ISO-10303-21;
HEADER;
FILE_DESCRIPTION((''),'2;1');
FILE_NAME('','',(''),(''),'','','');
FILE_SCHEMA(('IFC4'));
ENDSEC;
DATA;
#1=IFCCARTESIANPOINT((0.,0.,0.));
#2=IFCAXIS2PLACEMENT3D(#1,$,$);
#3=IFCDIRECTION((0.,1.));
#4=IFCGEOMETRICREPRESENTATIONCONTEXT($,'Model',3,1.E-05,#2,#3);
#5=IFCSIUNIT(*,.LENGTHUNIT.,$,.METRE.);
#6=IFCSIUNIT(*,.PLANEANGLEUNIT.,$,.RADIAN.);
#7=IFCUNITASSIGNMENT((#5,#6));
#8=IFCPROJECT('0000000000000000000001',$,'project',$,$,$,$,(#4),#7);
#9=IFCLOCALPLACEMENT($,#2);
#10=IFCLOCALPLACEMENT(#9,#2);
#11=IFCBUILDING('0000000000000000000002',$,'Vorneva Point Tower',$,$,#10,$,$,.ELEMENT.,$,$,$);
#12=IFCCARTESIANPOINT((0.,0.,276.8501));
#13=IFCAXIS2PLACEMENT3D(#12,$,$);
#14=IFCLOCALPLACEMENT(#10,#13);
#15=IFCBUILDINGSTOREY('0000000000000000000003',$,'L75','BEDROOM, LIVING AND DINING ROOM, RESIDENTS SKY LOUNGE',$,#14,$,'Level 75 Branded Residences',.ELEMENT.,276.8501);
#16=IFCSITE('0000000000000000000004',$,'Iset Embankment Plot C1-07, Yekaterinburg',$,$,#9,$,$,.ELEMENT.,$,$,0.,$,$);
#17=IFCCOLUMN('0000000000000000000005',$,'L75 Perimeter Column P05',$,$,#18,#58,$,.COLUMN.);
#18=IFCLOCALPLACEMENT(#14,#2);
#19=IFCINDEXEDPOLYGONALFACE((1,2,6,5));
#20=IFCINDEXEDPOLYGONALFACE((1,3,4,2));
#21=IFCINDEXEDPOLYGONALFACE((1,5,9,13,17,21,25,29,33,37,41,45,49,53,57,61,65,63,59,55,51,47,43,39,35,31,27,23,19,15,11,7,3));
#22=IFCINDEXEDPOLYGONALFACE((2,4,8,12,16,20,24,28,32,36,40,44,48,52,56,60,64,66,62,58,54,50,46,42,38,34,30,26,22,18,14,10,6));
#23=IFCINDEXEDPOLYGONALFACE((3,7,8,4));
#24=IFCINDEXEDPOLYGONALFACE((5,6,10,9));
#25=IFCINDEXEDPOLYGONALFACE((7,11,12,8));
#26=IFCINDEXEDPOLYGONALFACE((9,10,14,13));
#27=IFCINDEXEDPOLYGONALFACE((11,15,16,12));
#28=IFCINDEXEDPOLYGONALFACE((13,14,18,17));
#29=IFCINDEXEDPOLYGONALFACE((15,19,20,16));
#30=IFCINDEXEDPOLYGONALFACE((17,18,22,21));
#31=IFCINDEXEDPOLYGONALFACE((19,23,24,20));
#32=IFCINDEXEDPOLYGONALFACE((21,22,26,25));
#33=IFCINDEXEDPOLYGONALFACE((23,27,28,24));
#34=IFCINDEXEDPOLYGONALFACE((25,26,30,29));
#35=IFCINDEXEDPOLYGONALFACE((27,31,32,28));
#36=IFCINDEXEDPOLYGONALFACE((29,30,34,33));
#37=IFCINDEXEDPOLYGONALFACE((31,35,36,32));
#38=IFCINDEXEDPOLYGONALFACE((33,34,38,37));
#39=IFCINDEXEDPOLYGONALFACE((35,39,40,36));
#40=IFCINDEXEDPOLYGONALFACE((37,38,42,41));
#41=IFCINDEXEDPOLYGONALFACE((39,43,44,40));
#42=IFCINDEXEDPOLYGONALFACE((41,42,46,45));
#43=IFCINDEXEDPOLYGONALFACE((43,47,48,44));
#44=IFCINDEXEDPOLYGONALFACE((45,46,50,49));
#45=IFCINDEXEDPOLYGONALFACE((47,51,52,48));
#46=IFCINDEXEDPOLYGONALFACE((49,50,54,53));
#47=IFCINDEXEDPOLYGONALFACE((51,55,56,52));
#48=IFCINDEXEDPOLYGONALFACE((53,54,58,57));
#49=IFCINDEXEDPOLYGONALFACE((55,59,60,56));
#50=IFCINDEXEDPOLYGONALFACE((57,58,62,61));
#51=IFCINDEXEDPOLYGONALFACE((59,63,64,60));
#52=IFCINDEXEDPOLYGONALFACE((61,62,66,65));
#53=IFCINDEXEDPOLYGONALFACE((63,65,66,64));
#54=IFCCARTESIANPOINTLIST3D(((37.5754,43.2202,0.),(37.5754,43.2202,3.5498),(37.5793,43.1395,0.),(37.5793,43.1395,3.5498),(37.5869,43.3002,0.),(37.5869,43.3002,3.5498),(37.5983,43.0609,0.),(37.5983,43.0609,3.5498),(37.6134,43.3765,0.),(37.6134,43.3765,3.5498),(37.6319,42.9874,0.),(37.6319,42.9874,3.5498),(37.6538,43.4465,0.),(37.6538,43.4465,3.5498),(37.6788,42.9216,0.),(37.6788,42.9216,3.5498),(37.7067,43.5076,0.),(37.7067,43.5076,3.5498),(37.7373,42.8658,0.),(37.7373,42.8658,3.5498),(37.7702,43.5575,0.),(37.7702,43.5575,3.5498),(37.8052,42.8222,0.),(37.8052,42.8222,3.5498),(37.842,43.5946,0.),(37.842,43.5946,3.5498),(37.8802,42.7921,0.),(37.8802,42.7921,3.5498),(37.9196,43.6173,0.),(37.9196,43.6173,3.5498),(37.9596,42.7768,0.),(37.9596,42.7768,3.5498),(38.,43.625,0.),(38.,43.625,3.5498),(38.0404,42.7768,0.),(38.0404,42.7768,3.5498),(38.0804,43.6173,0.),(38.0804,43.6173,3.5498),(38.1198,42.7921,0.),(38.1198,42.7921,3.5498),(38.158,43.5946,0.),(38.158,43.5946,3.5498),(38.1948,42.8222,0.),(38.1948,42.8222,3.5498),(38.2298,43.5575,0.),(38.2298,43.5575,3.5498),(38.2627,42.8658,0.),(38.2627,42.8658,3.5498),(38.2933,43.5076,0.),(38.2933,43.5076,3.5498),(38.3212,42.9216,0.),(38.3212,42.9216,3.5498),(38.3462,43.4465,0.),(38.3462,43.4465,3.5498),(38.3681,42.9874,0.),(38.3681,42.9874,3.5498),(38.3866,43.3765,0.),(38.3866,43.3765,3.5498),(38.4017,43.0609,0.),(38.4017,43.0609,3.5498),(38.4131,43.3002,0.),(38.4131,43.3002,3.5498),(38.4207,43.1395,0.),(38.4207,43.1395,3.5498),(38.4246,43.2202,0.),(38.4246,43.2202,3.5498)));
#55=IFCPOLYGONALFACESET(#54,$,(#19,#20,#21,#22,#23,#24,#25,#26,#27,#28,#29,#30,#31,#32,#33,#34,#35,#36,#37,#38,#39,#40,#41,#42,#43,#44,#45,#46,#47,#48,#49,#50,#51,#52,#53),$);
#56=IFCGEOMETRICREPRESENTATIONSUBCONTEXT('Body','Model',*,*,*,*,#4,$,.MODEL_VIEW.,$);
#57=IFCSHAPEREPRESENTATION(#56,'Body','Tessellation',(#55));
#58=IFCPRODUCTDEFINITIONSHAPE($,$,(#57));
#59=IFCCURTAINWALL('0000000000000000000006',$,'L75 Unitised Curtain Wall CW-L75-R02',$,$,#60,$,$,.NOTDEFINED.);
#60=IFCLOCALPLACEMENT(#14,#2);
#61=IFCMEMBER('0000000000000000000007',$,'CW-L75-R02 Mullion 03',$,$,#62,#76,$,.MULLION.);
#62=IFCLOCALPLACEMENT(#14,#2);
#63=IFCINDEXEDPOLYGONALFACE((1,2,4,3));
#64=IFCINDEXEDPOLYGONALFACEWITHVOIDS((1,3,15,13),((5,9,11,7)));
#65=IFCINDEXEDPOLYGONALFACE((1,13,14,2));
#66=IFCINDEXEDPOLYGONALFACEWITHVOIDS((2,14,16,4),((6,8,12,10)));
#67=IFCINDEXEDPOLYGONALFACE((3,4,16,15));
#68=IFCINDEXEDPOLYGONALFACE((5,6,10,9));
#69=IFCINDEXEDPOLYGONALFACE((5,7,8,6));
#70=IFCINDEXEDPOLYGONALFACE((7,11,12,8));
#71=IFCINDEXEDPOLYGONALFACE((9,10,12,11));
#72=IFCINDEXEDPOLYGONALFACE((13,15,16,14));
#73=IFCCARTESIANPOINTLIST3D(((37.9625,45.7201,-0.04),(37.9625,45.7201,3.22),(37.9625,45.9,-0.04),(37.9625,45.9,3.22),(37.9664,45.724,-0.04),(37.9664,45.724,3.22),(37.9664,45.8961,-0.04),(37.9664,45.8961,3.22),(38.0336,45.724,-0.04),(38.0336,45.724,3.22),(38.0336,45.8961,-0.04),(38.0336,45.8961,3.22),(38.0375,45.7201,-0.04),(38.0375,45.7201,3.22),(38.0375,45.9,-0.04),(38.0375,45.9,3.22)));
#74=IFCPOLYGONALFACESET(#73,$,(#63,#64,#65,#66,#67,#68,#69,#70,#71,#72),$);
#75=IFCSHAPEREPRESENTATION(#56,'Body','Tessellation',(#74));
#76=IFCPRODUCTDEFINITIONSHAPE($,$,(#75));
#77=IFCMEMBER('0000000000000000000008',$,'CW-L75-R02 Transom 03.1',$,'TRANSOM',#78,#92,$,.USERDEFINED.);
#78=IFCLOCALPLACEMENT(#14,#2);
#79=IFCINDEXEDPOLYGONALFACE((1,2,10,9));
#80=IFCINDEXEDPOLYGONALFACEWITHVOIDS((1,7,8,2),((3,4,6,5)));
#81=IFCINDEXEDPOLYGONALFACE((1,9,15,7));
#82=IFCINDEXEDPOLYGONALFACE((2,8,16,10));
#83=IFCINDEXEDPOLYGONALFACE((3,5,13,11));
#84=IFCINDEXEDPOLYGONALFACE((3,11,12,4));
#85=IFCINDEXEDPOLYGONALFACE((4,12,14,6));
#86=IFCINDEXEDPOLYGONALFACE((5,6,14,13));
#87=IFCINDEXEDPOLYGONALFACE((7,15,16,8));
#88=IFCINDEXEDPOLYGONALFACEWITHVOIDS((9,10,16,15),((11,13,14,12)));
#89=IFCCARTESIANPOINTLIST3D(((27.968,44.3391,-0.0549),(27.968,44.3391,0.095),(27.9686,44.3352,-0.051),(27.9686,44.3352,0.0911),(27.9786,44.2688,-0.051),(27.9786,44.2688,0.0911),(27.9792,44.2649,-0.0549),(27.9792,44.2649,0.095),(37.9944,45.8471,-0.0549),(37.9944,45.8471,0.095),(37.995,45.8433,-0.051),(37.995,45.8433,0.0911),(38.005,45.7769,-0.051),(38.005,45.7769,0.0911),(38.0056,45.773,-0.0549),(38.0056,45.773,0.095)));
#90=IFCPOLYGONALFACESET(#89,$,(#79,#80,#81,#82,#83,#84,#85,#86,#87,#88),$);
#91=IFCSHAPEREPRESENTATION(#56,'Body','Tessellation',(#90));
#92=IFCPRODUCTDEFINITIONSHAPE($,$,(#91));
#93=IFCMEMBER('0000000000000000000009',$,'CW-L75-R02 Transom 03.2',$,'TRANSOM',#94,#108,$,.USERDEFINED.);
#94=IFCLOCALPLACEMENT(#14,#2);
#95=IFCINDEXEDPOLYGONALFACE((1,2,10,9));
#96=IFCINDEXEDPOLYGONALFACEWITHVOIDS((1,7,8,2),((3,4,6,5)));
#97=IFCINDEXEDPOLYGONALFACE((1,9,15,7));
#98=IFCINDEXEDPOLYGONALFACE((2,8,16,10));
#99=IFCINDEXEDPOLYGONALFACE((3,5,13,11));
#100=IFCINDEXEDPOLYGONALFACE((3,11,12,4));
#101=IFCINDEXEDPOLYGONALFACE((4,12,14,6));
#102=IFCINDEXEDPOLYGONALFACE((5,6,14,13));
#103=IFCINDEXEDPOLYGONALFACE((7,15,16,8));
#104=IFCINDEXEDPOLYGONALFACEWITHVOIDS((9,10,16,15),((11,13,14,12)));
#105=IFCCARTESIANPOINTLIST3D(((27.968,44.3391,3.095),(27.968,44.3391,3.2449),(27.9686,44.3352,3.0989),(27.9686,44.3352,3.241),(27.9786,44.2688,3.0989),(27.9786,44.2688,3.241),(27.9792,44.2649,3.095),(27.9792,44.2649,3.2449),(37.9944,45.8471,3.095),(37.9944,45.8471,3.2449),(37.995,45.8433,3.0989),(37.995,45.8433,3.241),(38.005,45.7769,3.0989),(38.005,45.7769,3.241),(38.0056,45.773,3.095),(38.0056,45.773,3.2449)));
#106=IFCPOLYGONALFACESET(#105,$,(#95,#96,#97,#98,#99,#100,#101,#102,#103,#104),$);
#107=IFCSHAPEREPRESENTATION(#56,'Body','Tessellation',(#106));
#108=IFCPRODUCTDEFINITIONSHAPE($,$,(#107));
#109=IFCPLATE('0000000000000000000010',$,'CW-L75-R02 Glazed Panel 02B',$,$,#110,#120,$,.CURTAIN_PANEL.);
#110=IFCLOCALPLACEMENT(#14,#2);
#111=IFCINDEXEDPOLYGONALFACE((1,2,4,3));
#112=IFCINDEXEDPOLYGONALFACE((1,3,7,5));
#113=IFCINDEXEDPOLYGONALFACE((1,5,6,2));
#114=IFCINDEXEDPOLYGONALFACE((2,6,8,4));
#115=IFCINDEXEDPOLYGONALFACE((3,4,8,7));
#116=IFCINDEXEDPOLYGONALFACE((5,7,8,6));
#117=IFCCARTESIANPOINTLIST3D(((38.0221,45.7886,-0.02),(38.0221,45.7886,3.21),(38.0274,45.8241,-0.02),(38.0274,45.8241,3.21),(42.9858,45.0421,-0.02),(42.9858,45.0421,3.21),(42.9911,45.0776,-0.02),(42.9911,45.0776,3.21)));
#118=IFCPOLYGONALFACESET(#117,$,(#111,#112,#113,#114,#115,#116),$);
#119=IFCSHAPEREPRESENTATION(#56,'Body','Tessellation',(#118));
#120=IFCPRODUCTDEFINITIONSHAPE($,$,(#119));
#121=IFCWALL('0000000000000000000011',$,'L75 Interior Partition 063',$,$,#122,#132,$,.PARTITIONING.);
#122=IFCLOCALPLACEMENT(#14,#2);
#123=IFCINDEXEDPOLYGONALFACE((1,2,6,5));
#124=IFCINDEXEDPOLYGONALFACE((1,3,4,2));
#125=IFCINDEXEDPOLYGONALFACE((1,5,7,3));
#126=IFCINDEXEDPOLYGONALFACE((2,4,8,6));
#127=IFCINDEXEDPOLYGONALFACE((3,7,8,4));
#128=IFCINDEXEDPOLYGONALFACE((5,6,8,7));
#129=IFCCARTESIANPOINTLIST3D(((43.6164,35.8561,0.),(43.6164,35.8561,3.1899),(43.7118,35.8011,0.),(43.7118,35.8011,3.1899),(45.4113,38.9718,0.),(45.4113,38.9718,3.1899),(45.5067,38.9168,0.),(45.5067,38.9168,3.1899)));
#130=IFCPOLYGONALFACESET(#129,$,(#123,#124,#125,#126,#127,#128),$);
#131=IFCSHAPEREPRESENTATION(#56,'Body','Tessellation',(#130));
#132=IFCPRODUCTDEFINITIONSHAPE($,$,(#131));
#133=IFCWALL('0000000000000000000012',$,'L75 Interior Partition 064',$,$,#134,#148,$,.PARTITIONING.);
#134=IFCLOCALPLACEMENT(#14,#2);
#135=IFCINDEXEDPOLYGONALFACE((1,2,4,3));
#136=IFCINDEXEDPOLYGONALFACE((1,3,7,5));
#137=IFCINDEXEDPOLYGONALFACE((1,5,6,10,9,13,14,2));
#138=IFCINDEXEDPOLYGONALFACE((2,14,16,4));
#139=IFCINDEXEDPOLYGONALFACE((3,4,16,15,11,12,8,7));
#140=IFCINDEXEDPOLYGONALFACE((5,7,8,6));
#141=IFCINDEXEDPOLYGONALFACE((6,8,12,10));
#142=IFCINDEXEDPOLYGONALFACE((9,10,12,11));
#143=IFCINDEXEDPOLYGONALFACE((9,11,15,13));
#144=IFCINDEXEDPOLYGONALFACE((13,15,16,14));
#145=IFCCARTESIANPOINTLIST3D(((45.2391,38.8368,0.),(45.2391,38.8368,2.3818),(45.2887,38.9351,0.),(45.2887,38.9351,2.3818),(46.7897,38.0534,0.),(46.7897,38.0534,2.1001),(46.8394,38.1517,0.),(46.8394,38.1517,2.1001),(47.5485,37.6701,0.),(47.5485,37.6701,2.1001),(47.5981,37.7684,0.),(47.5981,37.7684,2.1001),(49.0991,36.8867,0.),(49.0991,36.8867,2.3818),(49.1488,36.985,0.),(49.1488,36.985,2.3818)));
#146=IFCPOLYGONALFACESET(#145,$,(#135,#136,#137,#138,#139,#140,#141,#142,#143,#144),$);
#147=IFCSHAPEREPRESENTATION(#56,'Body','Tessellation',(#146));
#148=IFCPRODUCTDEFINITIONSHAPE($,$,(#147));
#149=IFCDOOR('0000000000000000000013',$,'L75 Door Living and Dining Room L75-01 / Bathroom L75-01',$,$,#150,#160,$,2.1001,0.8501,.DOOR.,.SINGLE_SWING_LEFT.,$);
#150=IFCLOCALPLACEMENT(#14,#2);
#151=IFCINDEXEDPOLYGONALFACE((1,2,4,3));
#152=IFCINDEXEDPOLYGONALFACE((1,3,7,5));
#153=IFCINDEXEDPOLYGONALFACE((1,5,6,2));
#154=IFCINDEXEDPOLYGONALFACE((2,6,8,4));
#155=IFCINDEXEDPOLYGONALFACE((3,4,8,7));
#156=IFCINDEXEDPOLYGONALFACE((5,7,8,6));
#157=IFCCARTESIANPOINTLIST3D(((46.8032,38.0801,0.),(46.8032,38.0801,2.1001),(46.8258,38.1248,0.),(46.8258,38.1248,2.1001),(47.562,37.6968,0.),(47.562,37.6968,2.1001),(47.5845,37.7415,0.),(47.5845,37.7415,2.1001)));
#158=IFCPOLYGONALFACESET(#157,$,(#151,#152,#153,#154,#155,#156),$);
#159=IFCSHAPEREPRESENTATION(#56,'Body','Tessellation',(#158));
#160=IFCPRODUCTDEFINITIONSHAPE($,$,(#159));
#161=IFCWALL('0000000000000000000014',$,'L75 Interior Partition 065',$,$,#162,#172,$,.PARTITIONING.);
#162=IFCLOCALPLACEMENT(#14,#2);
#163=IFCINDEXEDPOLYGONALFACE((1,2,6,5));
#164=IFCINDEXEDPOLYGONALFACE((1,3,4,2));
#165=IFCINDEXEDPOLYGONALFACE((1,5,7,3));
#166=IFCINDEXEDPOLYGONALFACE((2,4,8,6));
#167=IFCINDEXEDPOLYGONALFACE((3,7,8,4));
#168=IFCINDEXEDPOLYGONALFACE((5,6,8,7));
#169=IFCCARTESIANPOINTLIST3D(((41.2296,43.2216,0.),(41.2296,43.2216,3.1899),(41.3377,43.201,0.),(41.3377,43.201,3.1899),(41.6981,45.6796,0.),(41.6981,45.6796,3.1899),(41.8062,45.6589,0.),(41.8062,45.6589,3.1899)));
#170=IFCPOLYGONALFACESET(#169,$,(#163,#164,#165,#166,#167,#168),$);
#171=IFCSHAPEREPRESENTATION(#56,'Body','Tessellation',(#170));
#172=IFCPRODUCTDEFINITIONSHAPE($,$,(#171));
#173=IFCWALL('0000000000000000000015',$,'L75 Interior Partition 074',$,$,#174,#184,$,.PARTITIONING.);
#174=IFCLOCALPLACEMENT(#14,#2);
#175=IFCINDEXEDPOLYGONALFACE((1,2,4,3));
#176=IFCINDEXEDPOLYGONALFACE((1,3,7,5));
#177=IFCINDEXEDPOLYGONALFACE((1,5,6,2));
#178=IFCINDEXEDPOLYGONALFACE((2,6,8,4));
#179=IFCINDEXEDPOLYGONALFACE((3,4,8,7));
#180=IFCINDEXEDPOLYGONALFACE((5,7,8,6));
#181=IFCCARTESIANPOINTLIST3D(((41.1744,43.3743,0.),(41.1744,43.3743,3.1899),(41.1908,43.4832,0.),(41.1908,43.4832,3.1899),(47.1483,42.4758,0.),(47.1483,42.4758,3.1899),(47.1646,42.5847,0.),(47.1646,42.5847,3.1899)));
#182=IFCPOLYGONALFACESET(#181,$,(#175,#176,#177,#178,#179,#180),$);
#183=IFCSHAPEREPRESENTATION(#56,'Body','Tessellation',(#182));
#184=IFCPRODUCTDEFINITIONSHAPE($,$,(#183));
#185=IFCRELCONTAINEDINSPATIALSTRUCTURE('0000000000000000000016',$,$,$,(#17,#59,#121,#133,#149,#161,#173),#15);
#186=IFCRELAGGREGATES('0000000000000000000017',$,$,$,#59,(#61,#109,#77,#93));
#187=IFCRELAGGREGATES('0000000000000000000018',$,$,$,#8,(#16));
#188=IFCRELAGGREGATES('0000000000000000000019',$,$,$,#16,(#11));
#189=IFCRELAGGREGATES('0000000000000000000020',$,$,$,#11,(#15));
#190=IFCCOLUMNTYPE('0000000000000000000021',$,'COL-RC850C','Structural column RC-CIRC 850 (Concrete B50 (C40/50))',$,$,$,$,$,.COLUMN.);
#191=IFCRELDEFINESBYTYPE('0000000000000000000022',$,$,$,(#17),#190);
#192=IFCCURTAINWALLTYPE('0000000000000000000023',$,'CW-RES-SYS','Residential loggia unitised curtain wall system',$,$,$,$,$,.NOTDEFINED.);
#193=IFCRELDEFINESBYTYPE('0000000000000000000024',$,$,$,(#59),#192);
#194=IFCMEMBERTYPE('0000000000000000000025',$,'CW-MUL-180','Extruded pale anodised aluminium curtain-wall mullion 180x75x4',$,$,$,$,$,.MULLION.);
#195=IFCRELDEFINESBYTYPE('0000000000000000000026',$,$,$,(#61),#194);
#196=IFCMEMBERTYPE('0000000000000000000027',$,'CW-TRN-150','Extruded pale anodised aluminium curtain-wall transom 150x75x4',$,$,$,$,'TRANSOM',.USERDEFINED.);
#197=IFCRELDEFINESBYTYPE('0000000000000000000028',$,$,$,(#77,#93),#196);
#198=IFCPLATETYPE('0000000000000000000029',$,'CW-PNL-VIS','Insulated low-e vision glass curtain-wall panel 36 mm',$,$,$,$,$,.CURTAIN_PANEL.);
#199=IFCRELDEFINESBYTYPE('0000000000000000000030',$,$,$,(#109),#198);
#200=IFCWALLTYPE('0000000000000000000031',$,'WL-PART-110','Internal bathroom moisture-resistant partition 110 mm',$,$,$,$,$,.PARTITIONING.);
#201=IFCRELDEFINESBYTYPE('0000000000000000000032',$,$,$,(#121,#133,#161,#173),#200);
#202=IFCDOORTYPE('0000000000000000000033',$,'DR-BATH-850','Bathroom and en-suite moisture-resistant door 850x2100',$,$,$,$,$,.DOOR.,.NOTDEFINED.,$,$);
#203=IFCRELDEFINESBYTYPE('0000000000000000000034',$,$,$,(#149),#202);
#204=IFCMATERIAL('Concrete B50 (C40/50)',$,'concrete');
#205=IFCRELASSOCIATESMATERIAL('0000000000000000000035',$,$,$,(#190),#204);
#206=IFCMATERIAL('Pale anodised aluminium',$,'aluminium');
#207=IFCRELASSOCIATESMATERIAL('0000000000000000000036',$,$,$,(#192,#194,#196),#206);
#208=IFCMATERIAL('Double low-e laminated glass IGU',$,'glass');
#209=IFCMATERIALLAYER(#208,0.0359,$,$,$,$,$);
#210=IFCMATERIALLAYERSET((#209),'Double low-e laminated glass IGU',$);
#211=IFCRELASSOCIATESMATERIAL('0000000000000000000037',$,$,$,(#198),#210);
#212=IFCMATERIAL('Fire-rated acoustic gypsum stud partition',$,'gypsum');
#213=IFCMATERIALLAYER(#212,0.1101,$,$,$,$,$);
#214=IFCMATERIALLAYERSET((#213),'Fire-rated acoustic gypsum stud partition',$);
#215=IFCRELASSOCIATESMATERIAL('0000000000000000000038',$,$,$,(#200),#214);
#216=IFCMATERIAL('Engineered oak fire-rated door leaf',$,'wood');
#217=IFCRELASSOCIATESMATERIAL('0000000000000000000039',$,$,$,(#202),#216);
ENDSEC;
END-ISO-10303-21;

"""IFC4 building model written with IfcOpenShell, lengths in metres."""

from ifc_helpers import new_model, si_unit, direction, frame, frame_2d, origin, origin_2d, place, context, subcontext, project, spatial, rectangle, hollow_rectangle, circle, extrude, material, layer, layer_set, material_profile, profile_set, type_object, element, fill, aggregate, save


model = new_model("IFC4")

# Units and contexts
model_context = context("Model", 3, precision=1e-05, world=origin(), true_north=direction((0.0, 1.0)))
body_context = subcontext(model_context, "Body", "Model", "MODEL_VIEW")
ifc_project = project(units=[si_unit("LENGTHUNIT", "METRE"), si_unit("PLANEANGLEUNIT", "RADIAN")], contexts=[model_context])

# Site, building, storey
site_placement = place(None, origin())
site = spatial("IfcSite", under=ifc_project, at=site_placement, Name="Iset Embankment Plot C1-07, Yekaterinburg", CompositionType="ELEMENT", RefElevation=0.0)
building_placement = place(site_placement, origin())
building = spatial("IfcBuilding", under=site, at=building_placement, Name="Vorneva Point Tower", CompositionType="ELEMENT")
storey_placement = place(building_placement, frame((0.0, 0.0, 276.8501)))
storey = spatial("IfcBuildingStorey", under=building, at=storey_placement, Name="L75", Description="BEDROOM, LIVING AND DINING ROOM, RESIDENTS SKY LOUNGE", LongName="Level 75 Branded Residences", CompositionType="ELEMENT", Elevation=276.8501)

# Column
ifc_material_1 = material(Name="Concrete B50 (C40/50)", Category="concrete")
ifc_material_profile_1 = material_profile(ifc_material_1, circle(Radius=0.425, at=origin_2d()), Name="RC-CIRC 850")
ifc_profile_set_1 = profile_set([ifc_material_profile_1], Name="Concrete B50 (C40/50)")
column_type = type_object("IfcColumnType", Name="COL-RC850C", Description="Structural column RC-CIRC 850 (Concrete B50 (C40/50))", PredefinedType="COLUMN", material=ifc_profile_set_1)
column_placement = place(storey_placement, frame((38.0, 43.2, 0.0), z_axis=(0.0, 0.0, 1.0), x_axis=(0.0, 1.0, 0.0)))
element("IfcColumn", 1, at=column_placement, inside=storey, type_object=column_type, Name="L75 Perimeter Column P05", PredefinedType="COLUMN", context=body_context, shape_type="SweptSolid", body=[
    extrude(circle(Radius=0.425, at=origin_2d()), origin(), (0.0, 0.0, 1.0), 3.5498),
])

# Curtain wall, members, plate
ifc_material_2 = material(Name="Pale anodised aluminium", Category="aluminium")
curtain_wall_type = type_object("IfcCurtainWallType", Name="CW-RES-SYS", Description="Residential loggia unitised curtain wall system", PredefinedType="NOTDEFINED", material=ifc_material_2)
curtain_wall_placement = place(storey_placement, origin())
curtain_wall = element("IfcCurtainWall", 2, at=curtain_wall_placement, inside=storey, type_object=curtain_wall_type, Name="L75 Unitised Curtain Wall CW-L75-R02", PredefinedType="NOTDEFINED")
ifc_material_profile_2 = material_profile(ifc_material_2, hollow_rectangle(XDim=0.075, YDim=0.1799, WallThickness=0.0039, at=origin_2d()), Name="AL-MUL 180x75x4")
ifc_profile_set_2 = profile_set([ifc_material_profile_2], Name="Pale anodised aluminium")
member_type_1 = type_object("IfcMemberType", Name="CW-MUL-180", Description="Extruded pale anodised aluminium curtain-wall mullion 180x75x4", PredefinedType="MULLION", material=ifc_profile_set_2)
member_1_placement = place(storey_placement, frame((38.0, 45.8101, -0.04), z_axis=(0.0, 0.0, 1.0), x_axis=(1.0, 0.0, 0.0)))
member_1 = element("IfcMember", 3, at=member_1_placement, type_object=member_type_1, Name="CW-L75-R02 Mullion 03", PredefinedType="MULLION", context=body_context, shape_type="SweptSolid", body=[
    extrude(hollow_rectangle(XDim=0.075, YDim=0.1799, WallThickness=0.0039, at=origin_2d()), origin(), (0.0, 0.0, 1.0), 3.26),
])
ifc_material_profile_3 = material_profile(ifc_material_2, hollow_rectangle(XDim=0.075, YDim=0.1499, WallThickness=0.0039, at=origin_2d()), Name="AL-TRN 150x75x4")
ifc_profile_set_3 = profile_set([ifc_material_profile_3], Name="Pale anodised aluminium")
member_type_2 = type_object("IfcMemberType", Name="CW-TRN-150", Description="Extruded pale anodised aluminium curtain-wall transom 150x75x4", ElementType="TRANSOM", PredefinedType="USERDEFINED", material=ifc_profile_set_3)
member_2_placement = place(storey_placement, frame((38.0, 45.8101, 0.02), z_axis=(-0.988877, -0.148736, 0.0), x_axis=(0.148736, -0.988877, 0.0)))
member_2 = element("IfcMember", 4, at=member_2_placement, type_object=member_type_2, Name="CW-L75-R02 Transom 03.1", ObjectType="TRANSOM", PredefinedType="USERDEFINED", context=body_context, shape_type="SweptSolid", body=[
    extrude(hollow_rectangle(XDim=0.075, YDim=0.1499, WallThickness=0.0039, at=origin_2d()), origin(), (0.0, 0.0, 1.0), 10.1392),
])
member_3_placement = place(storey_placement, frame((38.0, 45.8101, 3.1699), z_axis=(-0.988877, -0.148736, 0.0), x_axis=(0.148736, -0.988877, 0.0)))
member_3 = element("IfcMember", 5, at=member_3_placement, type_object=member_type_2, Name="CW-L75-R02 Transom 03.2", ObjectType="TRANSOM", PredefinedType="USERDEFINED", context=body_context, shape_type="SweptSolid", body=[
    extrude(hollow_rectangle(XDim=0.075, YDim=0.1499, WallThickness=0.0039, at=origin_2d()), origin(), (0.0, 0.0, 1.0), 10.1392),
])
ifc_material_3 = material(Name="Double low-e laminated glass IGU", Category="glass")
ifc_layer_1 = layer(ifc_material_3, 0.0359)
ifc_layer_set_1 = layer_set([ifc_layer_1], Name="Double low-e laminated glass IGU")
plate_type = type_object("IfcPlateType", Name="CW-PNL-VIS", Description="Insulated low-e vision glass curtain-wall panel 36 mm", PredefinedType="CURTAIN_PANEL", material=ifc_layer_set_1)
plate_placement = place(storey_placement, frame((40.5066, 45.4331, -0.02), z_axis=(0.0, 0.0, 1.0), x_axis=(-0.988879, 0.148724, 0.0)))
plate = element("IfcPlate", 6, at=plate_placement, type_object=plate_type, Name="CW-L75-R02 Glazed Panel 02B", PredefinedType="CURTAIN_PANEL", context=body_context, shape_type="SweptSolid", body=[
    extrude(rectangle(XDim=5.0195, YDim=0.0359, at=origin_2d()), origin(), (0.0, 0.0, 1.0), 3.23),
])
aggregate(curtain_wall, [member_1, plate, member_2, member_3])

# Wall
ifc_material_4 = material(Name="Fire-rated acoustic gypsum stud partition", Category="gypsum")
ifc_layer_2 = layer(ifc_material_4, 0.1101)
ifc_layer_set_2 = layer_set([ifc_layer_2], Name="Fire-rated acoustic gypsum stud partition")
wall_type_1 = type_object("IfcWallType", Name="WL-PART-110", Description="Internal bathroom moisture-resistant partition 110 mm", PredefinedType="PARTITIONING", material=ifc_layer_set_2)
wall_1_placement = place(storey_placement, frame((43.6641, 35.8286, 0.0), z_axis=(0.0, 0.0, 1.0), x_axis=(0.499178, 0.8665, 0.0)))
element("IfcWall", 7, at=wall_1_placement, inside=storey, type_object=wall_type_1, Name="L75 Interior Partition 063", PredefinedType="PARTITIONING", context=body_context, shape_type="SweptSolid", body=[
    extrude(rectangle(XDim=3.5957, YDim=0.1101, at=frame_2d((1.7979, 0.0))), origin(), (0.0, 0.0, 1.0), 3.1899),
])

# Wall, opening, door
wall_2_placement = place(storey_placement, frame((45.2639, 38.886, 0.0), z_axis=(0.0, 0.0, 1.0), x_axis=(0.892557, -0.450936, 0.0)))
wall_2 = element("IfcWall", 8, at=wall_2_placement, inside=storey, type_object=wall_type_1, Name="L75 Interior Partition 064", PredefinedType="PARTITIONING", context=body_context, shape_type="SweptSolid", body=[
    extrude(rectangle(XDim=4.3247, YDim=0.1101, at=frame_2d((2.1624, 0.0))), origin(), (0.0, 0.0, 1.0), 2.3818),
])
opening_1_placement = place(wall_2_placement, frame((1.7373, 0.0, 0.0)))
opening_1 = element("IfcOpeningElement", 9, at=opening_1_placement, cuts=wall_2, PredefinedType="OPENING", context=body_context, shape_type="SweptSolid", body=[
    extrude(rectangle(XDim=0.8501, YDim=2.1001, at=frame_2d((0.425, 1.05))), frame((0.0, 0.0698, 0.0), z_axis=(0.0, -1.0, 0.0), x_axis=(1.0, 0.0, 0.0)), (0.0, 0.0, 1.0), 0.1399),
])
ifc_material_5 = material(Name="Engineered oak fire-rated door leaf", Category="wood")
door_type_1 = type_object("IfcDoorType", Name="DR-BATH-850", Description="Bathroom and en-suite moisture-resistant door 850x2100", OperationType="NOTDEFINED", PredefinedType="DOOR", material=ifc_material_5)
door_1_placement = place(opening_1_placement, origin())
door_1 = element("IfcDoor", 10, at=door_1_placement, inside=storey, type_object=door_type_1, Name="L75 Door Living and Dining Room L75-01 / Bathroom L75-01", OperationType="SINGLE_SWING_LEFT", OverallHeight=2.1001, OverallWidth=0.8501, PredefinedType="DOOR", context=body_context, shape_type="SweptSolid", body=[
    extrude(rectangle(XDim=0.8501, YDim=2.1001, at=frame_2d((0.425, 1.05))), frame((0.0, 0.0249, 0.0), z_axis=(0.0, -1.0, 0.0), x_axis=(1.0, 0.0, 0.0)), (0.0, 0.0, 1.0), 0.05),
])
fill(opening_1, door_1)

# Walls
wall_3_placement = place(storey_placement, frame((41.2837, 43.2114, 0.0), z_axis=(0.0, 0.0, 1.0), x_axis=(0.187233, 0.982316, 0.0)))
element("IfcWall", 11, at=wall_3_placement, inside=storey, type_object=wall_type_1, Name="L75 Interior Partition 065", PredefinedType="PARTITIONING", context=body_context, shape_type="SweptSolid", body=[
    extrude(rectangle(XDim=2.5022, YDim=0.1101, at=frame_2d((1.251, 0.0))), origin(), (0.0, 0.0, 1.0), 3.1899),
])
wall_4_placement = place(storey_placement, frame((41.1826, 43.4287, 0.0), z_axis=(0.0, 0.0, 1.0), x_axis=(0.988879, -0.148722, 0.0)))
element("IfcWall", 12, at=wall_4_placement, inside=storey, type_object=wall_type_1, Name="L75 Interior Partition 074", PredefinedType="PARTITIONING", context=body_context, shape_type="SweptSolid", body=[
    extrude(rectangle(XDim=6.041, YDim=0.1101, at=frame_2d((3.0205, 0.0))), origin(), (0.0, 0.0, 1.0), 3.1899),
])

save(model, "model.ifc")
